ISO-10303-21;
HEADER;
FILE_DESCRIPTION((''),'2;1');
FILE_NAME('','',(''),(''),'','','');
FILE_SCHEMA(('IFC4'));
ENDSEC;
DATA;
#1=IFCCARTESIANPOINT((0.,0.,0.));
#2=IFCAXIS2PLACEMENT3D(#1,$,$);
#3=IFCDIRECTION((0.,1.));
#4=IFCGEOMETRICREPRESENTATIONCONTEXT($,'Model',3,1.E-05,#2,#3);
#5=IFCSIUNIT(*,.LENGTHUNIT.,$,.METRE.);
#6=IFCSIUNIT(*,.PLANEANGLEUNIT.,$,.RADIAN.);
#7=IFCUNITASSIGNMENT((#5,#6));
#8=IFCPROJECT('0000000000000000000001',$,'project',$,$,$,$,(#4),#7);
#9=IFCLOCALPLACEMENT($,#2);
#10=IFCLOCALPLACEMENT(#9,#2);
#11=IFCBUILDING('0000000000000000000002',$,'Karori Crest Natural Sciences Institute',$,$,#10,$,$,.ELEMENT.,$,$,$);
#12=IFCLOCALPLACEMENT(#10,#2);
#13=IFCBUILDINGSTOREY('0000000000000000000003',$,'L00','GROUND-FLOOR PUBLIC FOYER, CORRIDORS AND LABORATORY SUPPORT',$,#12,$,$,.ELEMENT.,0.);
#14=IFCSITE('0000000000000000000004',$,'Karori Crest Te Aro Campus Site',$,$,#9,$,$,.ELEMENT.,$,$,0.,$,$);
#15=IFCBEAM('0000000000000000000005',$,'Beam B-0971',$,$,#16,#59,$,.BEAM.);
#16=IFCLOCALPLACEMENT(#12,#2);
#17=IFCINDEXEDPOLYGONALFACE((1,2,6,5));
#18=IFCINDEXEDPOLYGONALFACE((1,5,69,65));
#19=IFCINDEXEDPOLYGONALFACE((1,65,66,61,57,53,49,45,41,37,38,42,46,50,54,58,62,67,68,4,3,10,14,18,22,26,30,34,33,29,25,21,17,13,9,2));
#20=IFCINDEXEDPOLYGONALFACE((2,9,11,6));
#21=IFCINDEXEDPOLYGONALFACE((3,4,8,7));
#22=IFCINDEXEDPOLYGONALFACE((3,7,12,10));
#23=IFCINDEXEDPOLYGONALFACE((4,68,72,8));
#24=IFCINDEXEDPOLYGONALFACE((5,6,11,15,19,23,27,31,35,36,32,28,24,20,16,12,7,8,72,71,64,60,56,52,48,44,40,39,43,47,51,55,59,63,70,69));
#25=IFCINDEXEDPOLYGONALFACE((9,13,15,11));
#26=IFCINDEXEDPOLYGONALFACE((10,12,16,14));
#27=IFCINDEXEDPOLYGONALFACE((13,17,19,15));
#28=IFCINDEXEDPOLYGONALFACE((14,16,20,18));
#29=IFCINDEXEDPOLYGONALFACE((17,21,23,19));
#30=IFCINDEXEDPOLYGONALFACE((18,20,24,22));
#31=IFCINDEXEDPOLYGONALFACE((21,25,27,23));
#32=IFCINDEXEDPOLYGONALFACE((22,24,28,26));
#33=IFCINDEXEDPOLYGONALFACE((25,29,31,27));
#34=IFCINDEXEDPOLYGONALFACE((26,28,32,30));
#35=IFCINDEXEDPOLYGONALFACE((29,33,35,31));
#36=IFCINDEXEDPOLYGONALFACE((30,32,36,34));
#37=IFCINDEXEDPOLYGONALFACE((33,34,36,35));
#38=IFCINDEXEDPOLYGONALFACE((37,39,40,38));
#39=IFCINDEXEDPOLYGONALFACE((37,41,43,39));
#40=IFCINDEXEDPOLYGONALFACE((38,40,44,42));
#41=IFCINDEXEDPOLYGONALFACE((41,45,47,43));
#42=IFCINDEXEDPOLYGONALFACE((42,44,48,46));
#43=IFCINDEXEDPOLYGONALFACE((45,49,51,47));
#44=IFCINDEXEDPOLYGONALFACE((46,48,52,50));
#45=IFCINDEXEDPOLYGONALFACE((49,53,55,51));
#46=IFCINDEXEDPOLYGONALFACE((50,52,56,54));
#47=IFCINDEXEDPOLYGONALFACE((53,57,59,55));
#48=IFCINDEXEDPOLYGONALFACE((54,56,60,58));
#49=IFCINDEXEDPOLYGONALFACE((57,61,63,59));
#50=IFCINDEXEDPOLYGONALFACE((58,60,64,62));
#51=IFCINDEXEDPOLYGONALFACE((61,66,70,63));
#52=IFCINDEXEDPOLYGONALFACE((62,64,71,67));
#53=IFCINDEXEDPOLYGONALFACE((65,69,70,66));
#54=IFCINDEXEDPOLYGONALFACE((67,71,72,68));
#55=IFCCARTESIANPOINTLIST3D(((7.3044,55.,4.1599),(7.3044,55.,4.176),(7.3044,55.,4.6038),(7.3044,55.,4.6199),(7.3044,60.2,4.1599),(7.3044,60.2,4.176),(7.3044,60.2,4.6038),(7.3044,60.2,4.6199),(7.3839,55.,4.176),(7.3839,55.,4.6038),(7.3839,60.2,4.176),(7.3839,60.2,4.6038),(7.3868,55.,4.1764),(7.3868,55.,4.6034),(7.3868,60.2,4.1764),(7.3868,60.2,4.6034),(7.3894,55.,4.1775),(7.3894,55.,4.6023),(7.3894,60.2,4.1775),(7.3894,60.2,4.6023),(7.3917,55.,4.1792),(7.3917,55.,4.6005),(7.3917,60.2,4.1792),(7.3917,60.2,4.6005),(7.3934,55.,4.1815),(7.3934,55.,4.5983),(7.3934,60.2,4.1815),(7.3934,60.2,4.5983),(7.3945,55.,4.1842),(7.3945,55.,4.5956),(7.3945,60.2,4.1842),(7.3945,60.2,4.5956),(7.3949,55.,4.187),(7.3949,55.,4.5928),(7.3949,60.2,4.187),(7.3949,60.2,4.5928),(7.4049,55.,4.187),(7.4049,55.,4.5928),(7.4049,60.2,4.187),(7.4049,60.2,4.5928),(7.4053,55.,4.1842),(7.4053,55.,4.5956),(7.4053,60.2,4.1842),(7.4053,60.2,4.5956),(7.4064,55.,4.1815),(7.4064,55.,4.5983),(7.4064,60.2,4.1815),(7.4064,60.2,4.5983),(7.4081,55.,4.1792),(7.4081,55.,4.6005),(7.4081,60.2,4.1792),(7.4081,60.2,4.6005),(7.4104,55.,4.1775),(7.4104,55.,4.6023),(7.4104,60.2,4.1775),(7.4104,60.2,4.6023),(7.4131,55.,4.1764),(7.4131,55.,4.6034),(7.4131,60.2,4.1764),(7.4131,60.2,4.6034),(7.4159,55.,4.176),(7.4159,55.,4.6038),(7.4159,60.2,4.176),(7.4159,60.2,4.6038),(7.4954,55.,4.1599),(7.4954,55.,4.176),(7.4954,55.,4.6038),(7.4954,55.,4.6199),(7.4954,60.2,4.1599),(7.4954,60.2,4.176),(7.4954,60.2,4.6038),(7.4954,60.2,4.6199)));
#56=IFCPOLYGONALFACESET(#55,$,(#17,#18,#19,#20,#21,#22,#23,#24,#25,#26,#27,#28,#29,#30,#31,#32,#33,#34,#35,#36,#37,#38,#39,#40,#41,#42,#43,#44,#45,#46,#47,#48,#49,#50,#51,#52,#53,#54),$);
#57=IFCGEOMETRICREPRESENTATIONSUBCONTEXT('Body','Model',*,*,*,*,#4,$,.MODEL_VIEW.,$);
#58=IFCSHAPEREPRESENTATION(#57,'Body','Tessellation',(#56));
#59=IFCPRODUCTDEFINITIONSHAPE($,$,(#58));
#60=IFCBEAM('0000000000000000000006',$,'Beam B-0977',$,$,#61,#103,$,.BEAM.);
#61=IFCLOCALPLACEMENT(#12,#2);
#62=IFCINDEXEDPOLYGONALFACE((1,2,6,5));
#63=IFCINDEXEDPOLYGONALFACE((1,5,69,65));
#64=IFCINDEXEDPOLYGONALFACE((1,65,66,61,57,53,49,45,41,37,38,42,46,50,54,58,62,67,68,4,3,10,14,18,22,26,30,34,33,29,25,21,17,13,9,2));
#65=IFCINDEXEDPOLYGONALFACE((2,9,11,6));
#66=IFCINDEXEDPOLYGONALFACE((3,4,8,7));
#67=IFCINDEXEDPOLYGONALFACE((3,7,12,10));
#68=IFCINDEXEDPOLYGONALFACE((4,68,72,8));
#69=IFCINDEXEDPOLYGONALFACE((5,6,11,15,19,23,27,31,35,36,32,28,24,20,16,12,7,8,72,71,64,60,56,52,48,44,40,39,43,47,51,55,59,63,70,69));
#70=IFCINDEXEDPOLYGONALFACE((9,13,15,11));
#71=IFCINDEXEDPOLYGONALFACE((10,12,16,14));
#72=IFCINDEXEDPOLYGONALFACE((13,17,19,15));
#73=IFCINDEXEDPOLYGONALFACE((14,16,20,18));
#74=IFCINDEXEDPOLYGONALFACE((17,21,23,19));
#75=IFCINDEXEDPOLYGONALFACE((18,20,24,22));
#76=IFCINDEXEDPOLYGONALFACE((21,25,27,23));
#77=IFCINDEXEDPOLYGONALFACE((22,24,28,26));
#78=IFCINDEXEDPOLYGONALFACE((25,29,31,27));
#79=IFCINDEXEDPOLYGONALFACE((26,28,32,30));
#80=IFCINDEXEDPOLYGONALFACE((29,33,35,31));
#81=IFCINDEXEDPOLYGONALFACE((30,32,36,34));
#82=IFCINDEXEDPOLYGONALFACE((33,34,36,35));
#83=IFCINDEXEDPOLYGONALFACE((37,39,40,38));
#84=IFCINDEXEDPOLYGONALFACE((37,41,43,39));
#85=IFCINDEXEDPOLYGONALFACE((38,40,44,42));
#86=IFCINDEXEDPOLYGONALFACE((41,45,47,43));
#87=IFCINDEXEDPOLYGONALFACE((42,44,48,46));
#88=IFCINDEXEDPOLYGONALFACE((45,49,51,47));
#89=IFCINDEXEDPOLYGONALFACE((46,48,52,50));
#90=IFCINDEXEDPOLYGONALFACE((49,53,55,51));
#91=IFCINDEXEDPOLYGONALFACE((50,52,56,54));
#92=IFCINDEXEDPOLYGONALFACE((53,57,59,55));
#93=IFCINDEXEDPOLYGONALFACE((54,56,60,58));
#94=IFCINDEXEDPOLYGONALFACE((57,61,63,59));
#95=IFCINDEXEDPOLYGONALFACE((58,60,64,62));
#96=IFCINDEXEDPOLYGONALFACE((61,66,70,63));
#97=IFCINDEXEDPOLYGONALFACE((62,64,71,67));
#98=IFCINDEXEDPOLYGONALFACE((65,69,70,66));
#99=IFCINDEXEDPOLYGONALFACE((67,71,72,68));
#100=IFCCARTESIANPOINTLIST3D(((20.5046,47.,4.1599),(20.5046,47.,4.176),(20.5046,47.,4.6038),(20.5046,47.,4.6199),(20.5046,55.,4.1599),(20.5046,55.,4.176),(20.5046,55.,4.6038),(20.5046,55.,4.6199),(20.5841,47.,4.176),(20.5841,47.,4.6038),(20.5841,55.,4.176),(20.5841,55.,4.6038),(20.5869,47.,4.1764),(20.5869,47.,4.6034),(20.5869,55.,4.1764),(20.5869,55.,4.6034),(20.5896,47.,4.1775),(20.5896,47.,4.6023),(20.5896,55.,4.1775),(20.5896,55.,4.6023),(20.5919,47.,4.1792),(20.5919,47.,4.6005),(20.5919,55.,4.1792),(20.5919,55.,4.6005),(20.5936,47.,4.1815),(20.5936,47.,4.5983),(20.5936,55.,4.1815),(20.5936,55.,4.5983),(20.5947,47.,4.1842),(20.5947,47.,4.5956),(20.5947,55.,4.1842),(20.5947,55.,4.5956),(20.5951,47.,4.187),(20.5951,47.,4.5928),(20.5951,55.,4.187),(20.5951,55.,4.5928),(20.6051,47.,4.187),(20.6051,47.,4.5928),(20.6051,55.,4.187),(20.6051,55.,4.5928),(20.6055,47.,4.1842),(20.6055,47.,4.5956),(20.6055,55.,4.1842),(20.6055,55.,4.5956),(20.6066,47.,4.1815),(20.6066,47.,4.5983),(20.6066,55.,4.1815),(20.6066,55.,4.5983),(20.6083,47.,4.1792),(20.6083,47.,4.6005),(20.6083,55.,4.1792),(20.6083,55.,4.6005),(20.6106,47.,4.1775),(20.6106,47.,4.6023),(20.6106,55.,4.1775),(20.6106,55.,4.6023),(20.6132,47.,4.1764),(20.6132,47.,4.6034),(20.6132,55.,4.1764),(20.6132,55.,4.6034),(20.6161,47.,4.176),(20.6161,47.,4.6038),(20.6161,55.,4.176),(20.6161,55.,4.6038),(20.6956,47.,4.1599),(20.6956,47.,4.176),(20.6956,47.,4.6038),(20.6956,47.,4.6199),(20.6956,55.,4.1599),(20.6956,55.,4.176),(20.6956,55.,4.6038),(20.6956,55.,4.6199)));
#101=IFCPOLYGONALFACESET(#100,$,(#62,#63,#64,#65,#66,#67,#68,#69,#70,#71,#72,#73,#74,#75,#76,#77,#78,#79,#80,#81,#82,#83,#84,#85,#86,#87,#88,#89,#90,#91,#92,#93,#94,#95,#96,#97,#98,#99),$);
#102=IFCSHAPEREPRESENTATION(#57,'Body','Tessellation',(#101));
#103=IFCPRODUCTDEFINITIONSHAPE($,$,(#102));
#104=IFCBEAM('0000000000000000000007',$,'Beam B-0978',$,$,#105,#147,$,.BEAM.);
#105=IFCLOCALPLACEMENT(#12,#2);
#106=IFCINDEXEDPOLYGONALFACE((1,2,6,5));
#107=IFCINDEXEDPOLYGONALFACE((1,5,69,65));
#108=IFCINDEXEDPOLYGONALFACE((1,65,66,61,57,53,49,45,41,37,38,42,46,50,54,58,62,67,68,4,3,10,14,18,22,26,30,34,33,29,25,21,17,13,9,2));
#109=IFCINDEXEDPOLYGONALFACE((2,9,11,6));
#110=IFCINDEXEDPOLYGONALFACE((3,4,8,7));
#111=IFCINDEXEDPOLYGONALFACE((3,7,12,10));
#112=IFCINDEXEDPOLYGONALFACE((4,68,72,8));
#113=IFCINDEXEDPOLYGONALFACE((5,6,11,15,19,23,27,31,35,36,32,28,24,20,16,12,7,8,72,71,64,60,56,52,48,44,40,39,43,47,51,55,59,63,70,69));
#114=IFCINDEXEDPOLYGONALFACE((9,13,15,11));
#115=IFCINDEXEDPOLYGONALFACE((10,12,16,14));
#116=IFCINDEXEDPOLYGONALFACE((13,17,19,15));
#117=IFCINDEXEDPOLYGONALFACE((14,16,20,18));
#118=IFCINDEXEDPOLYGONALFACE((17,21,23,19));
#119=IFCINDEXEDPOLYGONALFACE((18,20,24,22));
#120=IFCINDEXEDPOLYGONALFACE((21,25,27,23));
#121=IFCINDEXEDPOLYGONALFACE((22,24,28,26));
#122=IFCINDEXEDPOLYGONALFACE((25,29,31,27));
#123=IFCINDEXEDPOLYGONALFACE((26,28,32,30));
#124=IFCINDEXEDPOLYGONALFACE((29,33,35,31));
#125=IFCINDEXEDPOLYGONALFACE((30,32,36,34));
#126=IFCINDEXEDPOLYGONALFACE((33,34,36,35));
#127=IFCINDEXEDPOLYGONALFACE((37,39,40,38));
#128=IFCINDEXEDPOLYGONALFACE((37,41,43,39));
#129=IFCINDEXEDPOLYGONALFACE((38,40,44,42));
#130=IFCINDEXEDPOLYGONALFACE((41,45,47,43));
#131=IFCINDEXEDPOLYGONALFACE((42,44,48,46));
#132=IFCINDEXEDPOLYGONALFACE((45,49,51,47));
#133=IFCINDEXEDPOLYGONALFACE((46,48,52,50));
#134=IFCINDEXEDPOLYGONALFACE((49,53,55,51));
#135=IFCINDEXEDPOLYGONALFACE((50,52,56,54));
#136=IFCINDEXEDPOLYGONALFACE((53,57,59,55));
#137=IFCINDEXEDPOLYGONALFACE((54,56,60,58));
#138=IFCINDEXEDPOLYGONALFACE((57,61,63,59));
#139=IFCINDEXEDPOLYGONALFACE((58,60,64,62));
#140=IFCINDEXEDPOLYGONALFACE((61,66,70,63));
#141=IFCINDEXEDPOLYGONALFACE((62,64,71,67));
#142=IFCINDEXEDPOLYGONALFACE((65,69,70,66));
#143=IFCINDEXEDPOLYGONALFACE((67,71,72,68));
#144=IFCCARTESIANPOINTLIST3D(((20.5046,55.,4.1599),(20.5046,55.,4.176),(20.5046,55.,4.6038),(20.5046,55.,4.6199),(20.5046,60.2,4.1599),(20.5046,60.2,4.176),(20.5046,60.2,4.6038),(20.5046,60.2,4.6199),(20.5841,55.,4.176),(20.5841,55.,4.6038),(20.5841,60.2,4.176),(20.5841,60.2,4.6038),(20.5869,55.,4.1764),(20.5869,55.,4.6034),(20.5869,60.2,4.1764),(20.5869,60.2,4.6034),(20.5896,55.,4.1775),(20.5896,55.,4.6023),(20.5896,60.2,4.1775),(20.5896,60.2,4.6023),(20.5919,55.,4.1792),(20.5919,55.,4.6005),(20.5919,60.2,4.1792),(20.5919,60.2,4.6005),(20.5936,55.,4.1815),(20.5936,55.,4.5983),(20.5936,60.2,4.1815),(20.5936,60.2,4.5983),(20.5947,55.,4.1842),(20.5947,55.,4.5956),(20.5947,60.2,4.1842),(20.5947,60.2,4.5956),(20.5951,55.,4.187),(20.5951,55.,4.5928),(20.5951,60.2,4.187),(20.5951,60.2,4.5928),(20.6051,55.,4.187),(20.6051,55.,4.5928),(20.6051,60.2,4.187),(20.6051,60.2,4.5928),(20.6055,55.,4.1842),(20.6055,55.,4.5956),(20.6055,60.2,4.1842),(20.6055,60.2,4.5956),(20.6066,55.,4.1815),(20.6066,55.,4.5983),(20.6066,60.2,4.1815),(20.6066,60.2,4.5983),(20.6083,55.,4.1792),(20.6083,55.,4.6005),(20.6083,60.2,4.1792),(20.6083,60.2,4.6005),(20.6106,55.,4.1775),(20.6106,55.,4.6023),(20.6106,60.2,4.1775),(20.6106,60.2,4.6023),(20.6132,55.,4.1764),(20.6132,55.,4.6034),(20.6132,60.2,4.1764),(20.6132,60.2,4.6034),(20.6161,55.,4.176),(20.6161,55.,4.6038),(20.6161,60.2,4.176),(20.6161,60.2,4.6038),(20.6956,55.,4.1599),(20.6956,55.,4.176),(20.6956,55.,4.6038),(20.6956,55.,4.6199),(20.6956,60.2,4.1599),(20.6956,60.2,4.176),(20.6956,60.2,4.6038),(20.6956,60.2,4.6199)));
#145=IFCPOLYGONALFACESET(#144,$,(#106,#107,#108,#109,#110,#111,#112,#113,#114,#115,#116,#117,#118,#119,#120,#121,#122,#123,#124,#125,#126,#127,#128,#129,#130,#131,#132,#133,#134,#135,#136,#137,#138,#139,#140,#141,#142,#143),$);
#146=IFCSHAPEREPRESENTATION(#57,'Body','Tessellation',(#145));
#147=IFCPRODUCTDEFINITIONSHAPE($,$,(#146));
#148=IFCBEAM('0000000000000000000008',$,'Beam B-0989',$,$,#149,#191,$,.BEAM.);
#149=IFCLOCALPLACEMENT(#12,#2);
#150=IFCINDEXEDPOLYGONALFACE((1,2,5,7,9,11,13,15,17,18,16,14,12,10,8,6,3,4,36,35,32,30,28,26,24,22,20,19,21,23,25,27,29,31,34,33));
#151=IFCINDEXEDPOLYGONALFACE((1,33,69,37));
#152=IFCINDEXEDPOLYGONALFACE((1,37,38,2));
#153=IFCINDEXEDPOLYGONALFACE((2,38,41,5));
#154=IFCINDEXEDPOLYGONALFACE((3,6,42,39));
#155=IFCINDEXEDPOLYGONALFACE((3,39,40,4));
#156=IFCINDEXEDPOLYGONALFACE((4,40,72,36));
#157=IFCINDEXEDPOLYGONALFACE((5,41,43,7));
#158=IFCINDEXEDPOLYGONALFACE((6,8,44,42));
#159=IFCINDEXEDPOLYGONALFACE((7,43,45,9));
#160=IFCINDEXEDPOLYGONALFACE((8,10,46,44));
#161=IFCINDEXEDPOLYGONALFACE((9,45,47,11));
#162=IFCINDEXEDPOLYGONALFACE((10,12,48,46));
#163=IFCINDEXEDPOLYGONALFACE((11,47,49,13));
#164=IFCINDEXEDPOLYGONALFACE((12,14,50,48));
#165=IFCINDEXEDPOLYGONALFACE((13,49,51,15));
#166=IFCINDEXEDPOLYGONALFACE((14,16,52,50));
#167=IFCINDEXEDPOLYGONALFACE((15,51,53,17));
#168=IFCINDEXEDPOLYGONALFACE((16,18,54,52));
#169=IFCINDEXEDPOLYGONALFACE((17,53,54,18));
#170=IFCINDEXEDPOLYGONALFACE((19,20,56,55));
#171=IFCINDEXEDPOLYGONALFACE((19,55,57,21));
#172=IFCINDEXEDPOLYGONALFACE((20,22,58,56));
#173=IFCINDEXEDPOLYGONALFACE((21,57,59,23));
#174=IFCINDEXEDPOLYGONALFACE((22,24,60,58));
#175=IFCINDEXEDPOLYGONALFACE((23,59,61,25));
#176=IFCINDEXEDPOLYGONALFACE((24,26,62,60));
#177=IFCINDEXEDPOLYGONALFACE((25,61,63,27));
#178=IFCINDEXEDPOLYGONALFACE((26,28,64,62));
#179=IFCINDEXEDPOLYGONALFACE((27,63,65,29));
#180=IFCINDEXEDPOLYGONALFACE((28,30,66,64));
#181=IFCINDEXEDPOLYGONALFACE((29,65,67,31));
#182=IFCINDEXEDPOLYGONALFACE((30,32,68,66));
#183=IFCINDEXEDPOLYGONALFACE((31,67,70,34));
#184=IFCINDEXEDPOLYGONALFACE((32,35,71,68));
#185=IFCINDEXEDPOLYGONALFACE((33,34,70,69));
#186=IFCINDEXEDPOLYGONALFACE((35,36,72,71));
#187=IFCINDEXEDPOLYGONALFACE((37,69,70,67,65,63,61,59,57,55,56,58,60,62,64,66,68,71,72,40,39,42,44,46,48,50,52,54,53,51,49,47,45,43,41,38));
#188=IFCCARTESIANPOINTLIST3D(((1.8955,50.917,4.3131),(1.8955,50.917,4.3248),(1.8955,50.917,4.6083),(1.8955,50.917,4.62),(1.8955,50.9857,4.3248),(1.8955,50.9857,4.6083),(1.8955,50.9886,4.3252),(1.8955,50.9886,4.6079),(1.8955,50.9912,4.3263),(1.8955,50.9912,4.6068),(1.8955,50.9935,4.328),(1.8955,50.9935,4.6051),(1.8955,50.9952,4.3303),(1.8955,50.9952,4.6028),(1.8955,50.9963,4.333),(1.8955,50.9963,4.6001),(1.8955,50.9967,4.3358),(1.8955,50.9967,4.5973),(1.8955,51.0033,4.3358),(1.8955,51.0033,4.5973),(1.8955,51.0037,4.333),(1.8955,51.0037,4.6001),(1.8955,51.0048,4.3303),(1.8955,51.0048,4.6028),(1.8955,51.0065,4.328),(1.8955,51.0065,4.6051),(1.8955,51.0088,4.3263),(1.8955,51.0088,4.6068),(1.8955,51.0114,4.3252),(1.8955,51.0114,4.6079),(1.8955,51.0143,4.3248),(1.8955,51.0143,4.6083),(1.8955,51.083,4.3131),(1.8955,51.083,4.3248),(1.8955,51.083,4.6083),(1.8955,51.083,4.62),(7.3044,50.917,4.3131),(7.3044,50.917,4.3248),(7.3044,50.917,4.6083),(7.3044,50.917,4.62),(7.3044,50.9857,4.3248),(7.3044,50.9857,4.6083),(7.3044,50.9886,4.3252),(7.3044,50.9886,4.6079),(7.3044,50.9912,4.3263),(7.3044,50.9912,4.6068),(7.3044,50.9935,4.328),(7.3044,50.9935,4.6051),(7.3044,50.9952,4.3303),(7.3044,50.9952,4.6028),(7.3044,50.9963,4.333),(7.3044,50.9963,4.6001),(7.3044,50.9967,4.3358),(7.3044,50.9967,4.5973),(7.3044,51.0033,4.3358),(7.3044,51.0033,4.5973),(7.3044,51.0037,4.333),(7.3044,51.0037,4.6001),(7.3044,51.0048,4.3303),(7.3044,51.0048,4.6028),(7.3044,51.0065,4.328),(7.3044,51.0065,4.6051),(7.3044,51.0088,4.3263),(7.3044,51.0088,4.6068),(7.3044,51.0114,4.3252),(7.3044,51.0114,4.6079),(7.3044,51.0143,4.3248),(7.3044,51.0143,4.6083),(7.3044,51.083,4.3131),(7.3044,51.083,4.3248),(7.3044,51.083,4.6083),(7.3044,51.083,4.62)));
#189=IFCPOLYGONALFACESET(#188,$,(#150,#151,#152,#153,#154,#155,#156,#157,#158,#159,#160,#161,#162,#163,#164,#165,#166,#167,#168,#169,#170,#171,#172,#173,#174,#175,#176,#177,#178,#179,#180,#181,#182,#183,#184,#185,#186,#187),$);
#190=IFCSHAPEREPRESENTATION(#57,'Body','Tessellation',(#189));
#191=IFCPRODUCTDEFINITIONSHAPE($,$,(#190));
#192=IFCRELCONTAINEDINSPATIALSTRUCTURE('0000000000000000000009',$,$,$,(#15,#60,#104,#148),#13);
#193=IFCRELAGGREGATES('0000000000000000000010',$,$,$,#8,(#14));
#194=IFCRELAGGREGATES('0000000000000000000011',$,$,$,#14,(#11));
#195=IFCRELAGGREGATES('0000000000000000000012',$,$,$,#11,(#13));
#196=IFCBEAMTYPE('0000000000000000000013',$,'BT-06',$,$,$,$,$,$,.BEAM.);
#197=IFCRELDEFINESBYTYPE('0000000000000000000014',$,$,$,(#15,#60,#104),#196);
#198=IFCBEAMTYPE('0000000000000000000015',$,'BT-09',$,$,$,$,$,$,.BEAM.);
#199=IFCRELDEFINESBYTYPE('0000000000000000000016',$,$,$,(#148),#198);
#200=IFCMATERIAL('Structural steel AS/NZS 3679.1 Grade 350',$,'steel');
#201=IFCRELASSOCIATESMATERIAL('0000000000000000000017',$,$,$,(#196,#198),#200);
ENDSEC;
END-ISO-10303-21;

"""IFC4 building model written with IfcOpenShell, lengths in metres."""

from ifc_helpers import new_model, si_unit, direction, frame, origin, origin_2d, place, context, subcontext, project, spatial, i_section, extrude, material, material_profile, profile_set, type_object, element, save


model = new_model("IFC4")

# Units and contexts
model_context = context("Model", 3, precision=1e-05, world=origin(), true_north=direction((0.0, 1.0)))
body_context = subcontext(model_context, "Body", "Model", "MODEL_VIEW")
ifc_project = project(units=[si_unit("LENGTHUNIT", "METRE"), si_unit("PLANEANGLEUNIT", "RADIAN")], contexts=[model_context])

# Site, building, storey
site_placement = place(None, origin())
site = spatial("IfcSite", under=ifc_project, at=site_placement, Name="Karori Crest Te Aro Campus Site", CompositionType="ELEMENT", RefElevation=0.0)
building_placement = place(site_placement, origin())
building = spatial("IfcBuilding", under=site, at=building_placement, Name="Karori Crest Natural Sciences Institute", CompositionType="ELEMENT")
storey_placement = place(building_placement, origin())
storey = spatial("IfcBuildingStorey", under=building, at=storey_placement, Name="L00", Description="GROUND-FLOOR PUBLIC FOYER, CORRIDORS AND LABORATORY SUPPORT", CompositionType="ELEMENT", Elevation=0.0)

# Shared definitions
ifc_material_1 = material(Name="Structural steel AS/NZS 3679.1 Grade 350", Category="steel")

# Beams
ifc_material_profile_1 = material_profile(ifc_material_1, i_section(OverallWidth=0.1909, OverallDepth=0.46, WebThickness=0.01, FlangeThickness=0.0161, FilletRadius=0.011, at=origin_2d()), Name="460UB82.1")
ifc_profile_set_1 = profile_set([ifc_material_profile_1], Name="Structural steel AS/NZS 3679.1 Grade 350")
beam_type_1 = type_object("IfcBeamType", Name="BT-06", PredefinedType="BEAM", material=ifc_profile_set_1)
beam_1_placement = place(storey_placement, frame((7.3999, 55.0, 4.3899), z_axis=(0.0, 1.0, 0.0), x_axis=(-1.0, 0.0, 0.0)))
element("IfcBeam", 1, at=beam_1_placement, inside=storey, type_object=beam_type_1, Name="Beam B-0971", PredefinedType="BEAM", context=body_context, shape_type="SweptSolid", body=[
    extrude(i_section(OverallWidth=0.1909, OverallDepth=0.46, WebThickness=0.01, FlangeThickness=0.0161, FilletRadius=0.011, at=origin_2d()), origin(), (0.0, 0.0, 1.0), 5.2),
])
beam_2_placement = place(storey_placement, frame((20.6001, 47.0, 4.3899), z_axis=(0.0, 1.0, 0.0), x_axis=(-1.0, 0.0, 0.0)))
element("IfcBeam", 2, at=beam_2_placement, inside=storey, type_object=beam_type_1, Name="Beam B-0977", PredefinedType="BEAM", context=body_context, shape_type="SweptSolid", body=[
    extrude(i_section(OverallWidth=0.1909, OverallDepth=0.46, WebThickness=0.01, FlangeThickness=0.0161, FilletRadius=0.011, at=origin_2d()), origin(), (0.0, 0.0, 1.0), 8.0),
])
beam_3_placement = place(storey_placement, frame((20.6001, 55.0, 4.3899), z_axis=(0.0, 1.0, 0.0), x_axis=(-1.0, 0.0, 0.0)))
element("IfcBeam", 3, at=beam_3_placement, inside=storey, type_object=beam_type_1, Name="Beam B-0978", PredefinedType="BEAM", context=body_context, shape_type="SweptSolid", body=[
    extrude(i_section(OverallWidth=0.1909, OverallDepth=0.46, WebThickness=0.01, FlangeThickness=0.0161, FilletRadius=0.011, at=origin_2d()), origin(), (0.0, 0.0, 1.0), 5.2),
])
ifc_material_profile_2 = material_profile(ifc_material_1, i_section(OverallWidth=0.166, OverallDepth=0.3069, WebThickness=0.0066, FlangeThickness=0.0117, FilletRadius=0.011, at=origin_2d()), Name="310UB46.2")
ifc_profile_set_2 = profile_set([ifc_material_profile_2], Name="Structural steel AS/NZS 3679.1 Grade 350")
beam_type_2 = type_object("IfcBeamType", Name="BT-09", PredefinedType="BEAM", material=ifc_profile_set_2)
beam_4_placement = place(storey_placement, frame((1.8955, 51.0, 4.4666), z_axis=(1.0, 0.0, 0.0), x_axis=(0.0, 1.0, 0.0)))
element("IfcBeam", 4, at=beam_4_placement, inside=storey, type_object=beam_type_2, Name="Beam B-0989", PredefinedType="BEAM", context=body_context, shape_type="SweptSolid", body=[
    extrude(i_section(OverallWidth=0.166, OverallDepth=0.3069, WebThickness=0.0066, FlangeThickness=0.0117, FilletRadius=0.011, at=origin_2d()), origin(), (0.0, 0.0, 1.0), 5.4089),
])

save(model, "model.ifc")
